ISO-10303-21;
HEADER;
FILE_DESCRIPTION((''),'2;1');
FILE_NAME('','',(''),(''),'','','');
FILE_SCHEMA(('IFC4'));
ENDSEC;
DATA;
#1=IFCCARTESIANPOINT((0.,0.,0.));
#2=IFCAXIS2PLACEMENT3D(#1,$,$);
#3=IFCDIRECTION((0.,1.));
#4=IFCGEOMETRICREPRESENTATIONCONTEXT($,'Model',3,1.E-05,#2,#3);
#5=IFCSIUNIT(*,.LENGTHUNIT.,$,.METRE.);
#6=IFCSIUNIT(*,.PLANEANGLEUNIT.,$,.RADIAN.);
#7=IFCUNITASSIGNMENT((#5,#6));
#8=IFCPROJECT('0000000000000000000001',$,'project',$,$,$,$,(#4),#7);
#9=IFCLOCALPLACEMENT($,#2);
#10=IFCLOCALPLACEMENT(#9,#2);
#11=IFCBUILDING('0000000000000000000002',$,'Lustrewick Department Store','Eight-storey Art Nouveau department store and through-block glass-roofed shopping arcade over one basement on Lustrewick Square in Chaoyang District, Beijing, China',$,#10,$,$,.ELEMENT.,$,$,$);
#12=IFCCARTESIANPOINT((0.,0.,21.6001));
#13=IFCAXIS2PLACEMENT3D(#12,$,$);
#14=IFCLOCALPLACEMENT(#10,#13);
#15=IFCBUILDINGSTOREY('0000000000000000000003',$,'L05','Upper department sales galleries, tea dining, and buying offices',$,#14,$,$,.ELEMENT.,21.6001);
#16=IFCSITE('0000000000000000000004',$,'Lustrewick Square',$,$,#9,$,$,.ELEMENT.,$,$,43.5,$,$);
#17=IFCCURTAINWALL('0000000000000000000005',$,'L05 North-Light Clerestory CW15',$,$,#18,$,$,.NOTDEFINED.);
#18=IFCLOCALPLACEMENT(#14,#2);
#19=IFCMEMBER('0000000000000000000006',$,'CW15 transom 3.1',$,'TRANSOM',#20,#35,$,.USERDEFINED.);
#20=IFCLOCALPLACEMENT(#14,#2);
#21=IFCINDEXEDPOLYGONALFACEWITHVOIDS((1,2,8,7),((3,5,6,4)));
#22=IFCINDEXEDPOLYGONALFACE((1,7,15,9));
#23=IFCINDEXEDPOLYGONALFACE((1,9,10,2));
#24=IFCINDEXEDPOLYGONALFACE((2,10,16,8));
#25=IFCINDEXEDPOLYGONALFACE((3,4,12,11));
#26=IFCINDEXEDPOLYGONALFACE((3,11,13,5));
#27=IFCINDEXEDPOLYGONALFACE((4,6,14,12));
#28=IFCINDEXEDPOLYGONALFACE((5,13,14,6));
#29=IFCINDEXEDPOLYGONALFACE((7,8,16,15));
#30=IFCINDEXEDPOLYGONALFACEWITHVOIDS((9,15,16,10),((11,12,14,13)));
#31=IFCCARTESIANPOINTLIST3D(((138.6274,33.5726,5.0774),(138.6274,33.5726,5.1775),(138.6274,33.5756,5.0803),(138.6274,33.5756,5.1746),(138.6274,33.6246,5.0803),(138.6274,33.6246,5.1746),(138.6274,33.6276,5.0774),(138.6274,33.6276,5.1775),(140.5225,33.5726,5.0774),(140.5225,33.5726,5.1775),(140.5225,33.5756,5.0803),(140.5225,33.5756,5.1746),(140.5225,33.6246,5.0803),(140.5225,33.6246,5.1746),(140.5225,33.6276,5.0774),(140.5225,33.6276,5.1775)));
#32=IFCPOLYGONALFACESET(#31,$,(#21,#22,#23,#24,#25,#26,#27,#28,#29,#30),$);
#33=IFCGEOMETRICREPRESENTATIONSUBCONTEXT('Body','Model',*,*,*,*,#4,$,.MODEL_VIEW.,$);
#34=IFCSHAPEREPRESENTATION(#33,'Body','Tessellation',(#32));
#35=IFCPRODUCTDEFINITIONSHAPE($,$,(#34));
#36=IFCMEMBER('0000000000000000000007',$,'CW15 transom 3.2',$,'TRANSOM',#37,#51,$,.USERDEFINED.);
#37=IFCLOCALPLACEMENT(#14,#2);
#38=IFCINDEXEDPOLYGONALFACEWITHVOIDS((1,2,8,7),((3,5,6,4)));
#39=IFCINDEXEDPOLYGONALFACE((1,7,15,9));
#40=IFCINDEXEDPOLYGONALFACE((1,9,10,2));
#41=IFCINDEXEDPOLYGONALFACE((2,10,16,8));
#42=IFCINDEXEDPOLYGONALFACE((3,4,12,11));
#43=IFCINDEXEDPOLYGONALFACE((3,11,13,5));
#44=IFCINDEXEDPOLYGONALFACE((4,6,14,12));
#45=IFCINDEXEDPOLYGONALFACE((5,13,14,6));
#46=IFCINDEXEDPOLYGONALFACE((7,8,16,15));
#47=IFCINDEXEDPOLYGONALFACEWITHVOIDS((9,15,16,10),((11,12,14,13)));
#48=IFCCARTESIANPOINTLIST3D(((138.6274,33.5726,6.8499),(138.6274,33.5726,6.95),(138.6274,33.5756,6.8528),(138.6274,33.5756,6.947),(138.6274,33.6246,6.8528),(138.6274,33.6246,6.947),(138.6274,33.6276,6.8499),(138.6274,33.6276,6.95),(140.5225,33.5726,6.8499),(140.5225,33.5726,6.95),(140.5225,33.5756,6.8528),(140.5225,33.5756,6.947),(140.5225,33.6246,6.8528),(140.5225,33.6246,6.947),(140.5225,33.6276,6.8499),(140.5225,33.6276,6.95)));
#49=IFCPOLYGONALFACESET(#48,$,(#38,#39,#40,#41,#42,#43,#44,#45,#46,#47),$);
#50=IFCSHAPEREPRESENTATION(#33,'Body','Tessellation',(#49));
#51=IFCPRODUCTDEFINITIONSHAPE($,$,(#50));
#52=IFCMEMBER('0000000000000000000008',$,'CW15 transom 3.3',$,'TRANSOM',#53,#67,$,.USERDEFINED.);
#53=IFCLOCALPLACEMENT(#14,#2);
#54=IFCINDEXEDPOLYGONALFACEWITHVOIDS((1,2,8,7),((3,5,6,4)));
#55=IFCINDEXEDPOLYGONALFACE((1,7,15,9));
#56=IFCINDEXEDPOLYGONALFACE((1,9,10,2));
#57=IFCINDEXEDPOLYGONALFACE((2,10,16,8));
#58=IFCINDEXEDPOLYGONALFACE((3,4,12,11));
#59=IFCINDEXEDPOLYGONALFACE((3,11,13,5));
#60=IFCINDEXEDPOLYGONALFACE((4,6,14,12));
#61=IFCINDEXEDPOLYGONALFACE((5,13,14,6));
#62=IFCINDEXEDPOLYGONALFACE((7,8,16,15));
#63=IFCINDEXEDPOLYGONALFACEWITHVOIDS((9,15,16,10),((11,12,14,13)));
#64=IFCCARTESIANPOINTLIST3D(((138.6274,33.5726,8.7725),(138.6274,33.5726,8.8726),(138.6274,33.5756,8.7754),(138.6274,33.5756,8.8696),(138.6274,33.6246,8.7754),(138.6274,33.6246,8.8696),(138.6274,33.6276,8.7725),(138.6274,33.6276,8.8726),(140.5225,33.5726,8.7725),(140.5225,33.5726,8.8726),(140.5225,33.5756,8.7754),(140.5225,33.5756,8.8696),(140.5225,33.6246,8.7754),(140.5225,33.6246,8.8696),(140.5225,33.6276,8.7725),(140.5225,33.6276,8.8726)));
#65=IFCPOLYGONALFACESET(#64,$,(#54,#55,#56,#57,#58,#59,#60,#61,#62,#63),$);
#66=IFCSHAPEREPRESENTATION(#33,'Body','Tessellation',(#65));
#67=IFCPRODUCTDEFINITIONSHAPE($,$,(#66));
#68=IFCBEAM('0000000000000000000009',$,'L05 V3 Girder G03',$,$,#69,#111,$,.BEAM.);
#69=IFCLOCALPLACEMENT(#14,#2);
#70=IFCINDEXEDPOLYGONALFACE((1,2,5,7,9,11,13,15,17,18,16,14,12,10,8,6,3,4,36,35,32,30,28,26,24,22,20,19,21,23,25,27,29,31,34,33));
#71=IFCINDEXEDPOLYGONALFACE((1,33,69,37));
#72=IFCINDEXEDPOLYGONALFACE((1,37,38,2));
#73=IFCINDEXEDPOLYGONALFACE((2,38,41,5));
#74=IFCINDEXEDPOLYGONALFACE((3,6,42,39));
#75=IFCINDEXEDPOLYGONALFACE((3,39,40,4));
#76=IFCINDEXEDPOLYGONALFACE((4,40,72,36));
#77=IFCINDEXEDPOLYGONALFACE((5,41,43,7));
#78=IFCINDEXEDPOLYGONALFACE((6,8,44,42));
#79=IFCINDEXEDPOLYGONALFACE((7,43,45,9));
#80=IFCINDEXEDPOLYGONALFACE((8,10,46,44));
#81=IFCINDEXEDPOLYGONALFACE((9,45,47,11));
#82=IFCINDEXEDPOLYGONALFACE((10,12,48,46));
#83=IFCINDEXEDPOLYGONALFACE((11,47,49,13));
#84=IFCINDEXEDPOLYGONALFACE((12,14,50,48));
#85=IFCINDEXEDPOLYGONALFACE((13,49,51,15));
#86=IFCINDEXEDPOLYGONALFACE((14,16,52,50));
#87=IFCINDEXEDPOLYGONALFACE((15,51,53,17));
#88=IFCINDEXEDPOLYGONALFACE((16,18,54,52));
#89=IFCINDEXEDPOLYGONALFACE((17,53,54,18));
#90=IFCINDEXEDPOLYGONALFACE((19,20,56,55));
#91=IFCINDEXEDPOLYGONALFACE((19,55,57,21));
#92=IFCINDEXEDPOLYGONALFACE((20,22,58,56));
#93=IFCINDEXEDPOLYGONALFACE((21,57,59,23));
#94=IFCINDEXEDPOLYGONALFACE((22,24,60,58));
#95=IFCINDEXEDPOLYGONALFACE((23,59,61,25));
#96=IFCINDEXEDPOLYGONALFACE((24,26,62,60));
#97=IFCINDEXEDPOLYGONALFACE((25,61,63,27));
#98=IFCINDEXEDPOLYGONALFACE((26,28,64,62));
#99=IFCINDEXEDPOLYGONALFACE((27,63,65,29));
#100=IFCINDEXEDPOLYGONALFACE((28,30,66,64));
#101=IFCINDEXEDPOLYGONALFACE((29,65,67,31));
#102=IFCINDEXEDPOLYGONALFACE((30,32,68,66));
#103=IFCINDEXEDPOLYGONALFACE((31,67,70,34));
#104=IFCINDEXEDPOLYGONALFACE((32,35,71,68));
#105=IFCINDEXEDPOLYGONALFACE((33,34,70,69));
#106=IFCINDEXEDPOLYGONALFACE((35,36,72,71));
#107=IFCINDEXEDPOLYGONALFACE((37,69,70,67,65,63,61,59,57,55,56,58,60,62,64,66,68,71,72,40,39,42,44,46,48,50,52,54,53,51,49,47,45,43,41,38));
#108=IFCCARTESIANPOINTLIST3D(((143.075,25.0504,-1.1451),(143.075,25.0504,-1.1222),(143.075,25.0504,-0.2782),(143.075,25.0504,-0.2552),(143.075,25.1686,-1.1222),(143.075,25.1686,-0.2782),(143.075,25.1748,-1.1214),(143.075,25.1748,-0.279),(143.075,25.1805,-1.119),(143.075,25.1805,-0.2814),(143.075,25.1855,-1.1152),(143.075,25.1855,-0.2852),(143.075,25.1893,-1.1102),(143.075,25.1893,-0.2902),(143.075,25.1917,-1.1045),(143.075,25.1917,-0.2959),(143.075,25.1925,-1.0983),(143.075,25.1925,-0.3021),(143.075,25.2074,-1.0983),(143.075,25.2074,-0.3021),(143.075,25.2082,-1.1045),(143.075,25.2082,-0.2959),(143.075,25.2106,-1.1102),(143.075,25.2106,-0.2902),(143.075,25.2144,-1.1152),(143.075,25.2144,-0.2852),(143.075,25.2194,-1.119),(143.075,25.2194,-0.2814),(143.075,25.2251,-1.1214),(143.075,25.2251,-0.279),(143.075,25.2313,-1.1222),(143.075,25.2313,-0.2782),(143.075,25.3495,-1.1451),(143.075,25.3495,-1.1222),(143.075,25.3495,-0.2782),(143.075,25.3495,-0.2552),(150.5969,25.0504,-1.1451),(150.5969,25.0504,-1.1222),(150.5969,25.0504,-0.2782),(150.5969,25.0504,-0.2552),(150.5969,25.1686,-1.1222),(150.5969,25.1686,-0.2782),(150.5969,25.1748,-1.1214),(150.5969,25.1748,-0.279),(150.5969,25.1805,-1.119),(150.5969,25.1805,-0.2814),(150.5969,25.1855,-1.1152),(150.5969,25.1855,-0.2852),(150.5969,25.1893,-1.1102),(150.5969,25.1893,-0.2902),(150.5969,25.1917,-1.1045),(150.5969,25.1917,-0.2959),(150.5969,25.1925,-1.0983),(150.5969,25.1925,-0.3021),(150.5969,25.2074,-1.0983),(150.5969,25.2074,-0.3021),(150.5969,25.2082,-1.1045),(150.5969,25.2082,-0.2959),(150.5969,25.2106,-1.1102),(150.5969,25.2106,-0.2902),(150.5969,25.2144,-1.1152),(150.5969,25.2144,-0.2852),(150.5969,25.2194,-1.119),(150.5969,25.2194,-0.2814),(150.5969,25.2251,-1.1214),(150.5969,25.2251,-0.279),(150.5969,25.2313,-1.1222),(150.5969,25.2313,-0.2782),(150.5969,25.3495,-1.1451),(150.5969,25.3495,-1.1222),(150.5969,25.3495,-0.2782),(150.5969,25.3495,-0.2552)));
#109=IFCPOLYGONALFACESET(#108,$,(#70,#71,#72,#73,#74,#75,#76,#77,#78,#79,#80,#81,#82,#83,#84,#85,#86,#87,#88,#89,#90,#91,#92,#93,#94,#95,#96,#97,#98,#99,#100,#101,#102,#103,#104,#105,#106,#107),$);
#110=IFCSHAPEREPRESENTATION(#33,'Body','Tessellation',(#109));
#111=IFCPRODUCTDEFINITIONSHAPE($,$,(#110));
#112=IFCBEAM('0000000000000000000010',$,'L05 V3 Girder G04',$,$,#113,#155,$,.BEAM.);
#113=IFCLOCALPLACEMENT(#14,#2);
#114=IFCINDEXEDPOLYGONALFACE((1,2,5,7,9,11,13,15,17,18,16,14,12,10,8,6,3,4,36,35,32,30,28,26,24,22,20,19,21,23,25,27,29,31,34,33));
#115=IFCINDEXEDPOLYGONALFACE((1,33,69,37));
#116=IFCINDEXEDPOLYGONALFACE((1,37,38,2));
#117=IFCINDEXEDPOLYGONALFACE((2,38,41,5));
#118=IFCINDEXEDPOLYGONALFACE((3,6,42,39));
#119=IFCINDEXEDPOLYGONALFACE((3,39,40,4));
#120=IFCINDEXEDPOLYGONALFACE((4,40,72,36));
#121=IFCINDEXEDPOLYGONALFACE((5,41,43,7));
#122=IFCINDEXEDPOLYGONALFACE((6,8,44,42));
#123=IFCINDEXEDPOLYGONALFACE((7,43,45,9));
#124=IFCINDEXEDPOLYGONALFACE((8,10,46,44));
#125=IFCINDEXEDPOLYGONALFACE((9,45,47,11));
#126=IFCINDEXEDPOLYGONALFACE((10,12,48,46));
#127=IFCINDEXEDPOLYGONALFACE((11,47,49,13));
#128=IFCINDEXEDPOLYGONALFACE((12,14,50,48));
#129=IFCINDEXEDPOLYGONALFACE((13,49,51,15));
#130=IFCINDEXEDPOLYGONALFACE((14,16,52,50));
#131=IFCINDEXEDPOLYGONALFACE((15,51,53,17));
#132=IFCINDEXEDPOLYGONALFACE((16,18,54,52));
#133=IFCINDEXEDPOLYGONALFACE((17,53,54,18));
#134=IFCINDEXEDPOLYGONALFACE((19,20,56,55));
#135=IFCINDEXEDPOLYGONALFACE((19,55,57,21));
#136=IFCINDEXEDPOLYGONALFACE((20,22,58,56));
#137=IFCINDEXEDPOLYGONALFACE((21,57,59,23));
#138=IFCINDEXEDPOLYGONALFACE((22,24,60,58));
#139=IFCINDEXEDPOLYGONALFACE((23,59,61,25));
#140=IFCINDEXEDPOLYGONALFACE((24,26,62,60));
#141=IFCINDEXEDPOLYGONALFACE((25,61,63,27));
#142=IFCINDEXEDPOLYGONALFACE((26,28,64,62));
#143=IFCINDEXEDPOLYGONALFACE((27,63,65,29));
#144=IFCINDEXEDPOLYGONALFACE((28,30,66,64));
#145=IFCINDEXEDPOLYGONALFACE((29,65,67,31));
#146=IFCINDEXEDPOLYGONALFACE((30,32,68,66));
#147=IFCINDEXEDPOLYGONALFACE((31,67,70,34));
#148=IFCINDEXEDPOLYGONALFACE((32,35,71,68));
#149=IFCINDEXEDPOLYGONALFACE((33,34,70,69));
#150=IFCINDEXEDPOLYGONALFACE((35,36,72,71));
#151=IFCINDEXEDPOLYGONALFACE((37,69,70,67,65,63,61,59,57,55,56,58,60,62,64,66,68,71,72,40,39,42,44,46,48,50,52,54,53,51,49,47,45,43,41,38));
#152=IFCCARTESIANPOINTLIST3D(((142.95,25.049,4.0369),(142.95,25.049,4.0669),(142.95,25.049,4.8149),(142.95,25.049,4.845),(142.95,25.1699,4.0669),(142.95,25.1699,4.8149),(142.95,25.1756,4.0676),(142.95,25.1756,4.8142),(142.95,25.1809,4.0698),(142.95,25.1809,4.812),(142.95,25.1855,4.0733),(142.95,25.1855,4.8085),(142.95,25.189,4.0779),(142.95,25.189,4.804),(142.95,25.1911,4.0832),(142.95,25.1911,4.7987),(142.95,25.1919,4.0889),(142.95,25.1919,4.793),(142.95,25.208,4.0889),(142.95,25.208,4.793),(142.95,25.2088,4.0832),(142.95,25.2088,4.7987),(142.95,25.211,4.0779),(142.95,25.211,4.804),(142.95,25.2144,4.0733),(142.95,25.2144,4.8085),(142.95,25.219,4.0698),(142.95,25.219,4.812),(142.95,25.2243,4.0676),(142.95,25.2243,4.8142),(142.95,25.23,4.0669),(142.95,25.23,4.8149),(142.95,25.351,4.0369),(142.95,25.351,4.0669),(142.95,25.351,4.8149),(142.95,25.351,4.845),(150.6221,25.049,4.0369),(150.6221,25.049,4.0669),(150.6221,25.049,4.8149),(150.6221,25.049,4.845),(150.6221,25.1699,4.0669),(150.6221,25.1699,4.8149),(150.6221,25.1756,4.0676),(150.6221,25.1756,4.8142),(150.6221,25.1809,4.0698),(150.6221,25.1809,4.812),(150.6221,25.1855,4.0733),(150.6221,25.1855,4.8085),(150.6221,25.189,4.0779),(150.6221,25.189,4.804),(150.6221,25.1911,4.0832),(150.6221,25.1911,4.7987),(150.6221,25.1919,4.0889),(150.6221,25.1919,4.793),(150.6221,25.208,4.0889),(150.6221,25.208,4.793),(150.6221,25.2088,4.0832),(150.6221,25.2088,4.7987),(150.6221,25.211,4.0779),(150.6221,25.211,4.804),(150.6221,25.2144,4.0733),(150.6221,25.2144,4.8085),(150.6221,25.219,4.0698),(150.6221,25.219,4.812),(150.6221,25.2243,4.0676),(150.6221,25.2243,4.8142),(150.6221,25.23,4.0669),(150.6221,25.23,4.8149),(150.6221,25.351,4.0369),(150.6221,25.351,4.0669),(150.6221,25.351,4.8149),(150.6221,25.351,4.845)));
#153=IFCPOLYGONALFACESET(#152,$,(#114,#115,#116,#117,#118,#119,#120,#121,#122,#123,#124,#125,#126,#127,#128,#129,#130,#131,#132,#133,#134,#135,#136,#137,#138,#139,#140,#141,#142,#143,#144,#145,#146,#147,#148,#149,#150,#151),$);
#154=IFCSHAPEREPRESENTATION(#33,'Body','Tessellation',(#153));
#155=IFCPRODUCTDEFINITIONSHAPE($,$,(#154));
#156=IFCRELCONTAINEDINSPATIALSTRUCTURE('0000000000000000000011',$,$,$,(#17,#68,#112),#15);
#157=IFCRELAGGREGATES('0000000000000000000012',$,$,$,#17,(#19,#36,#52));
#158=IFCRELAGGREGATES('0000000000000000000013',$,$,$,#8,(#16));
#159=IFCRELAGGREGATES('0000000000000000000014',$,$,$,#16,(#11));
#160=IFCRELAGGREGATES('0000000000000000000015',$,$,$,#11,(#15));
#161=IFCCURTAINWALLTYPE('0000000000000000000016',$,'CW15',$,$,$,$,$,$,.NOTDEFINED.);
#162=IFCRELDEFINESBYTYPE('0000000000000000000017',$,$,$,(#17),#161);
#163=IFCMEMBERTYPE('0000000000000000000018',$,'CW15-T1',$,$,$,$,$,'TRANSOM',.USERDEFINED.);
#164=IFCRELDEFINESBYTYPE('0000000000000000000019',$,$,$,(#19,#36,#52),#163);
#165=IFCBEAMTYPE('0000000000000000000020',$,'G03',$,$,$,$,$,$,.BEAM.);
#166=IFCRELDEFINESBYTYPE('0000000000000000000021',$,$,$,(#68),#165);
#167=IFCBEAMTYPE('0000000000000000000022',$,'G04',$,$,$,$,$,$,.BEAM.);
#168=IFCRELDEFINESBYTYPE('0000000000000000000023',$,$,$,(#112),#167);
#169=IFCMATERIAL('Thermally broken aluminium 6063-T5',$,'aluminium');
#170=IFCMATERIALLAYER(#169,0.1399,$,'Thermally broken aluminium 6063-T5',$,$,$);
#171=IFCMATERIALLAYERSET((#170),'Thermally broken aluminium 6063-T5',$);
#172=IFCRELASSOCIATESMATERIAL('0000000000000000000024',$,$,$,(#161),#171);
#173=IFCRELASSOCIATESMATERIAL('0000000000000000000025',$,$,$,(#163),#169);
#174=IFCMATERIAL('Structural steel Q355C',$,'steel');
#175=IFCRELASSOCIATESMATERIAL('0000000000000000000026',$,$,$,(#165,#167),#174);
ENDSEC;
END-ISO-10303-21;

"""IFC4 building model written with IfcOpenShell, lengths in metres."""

from ifc_helpers import new_model, si_unit, direction, frame, origin, origin_2d, place, context, subcontext, project, spatial, hollow_rectangle, i_section, extrude, material, layer, layer_set, material_profile, profile_set, type_object, element, aggregate, save


model = new_model("IFC4")

# Units and contexts
model_context = context("Model", 3, precision=1e-05, world=origin(), true_north=direction((0.0, 1.0)))
body_context = subcontext(model_context, "Body", "Model", "MODEL_VIEW")
ifc_project = project(units=[si_unit("LENGTHUNIT", "METRE"), si_unit("PLANEANGLEUNIT", "RADIAN")], contexts=[model_context])

# Site, building, storey
site_placement = place(None, origin())
site = spatial("IfcSite", under=ifc_project, at=site_placement, Name="Lustrewick Square", CompositionType="ELEMENT", RefElevation=43.5)
building_placement = place(site_placement, origin())
building = spatial("IfcBuilding", under=site, at=building_placement, Name="Lustrewick Department Store", Description="Eight-storey Art Nouveau department store and through-block glass-roofed shopping arcade over one basement on Lustrewick Square in Chaoyang District, Beijing, China", CompositionType="ELEMENT")
storey_placement = place(building_placement, frame((0.0, 0.0, 21.6001)))
storey = spatial("IfcBuildingStorey", under=building, at=storey_placement, Name="L05", Description="Upper department sales galleries, tea dining, and buying offices", CompositionType="ELEMENT", Elevation=21.6001)

# Curtain wall, members
ifc_material_1 = material(Name="Thermally broken aluminium 6063-T5", Category="aluminium")
ifc_layer_1 = layer(ifc_material_1, 0.1399, Name="Thermally broken aluminium 6063-T5")
ifc_layer_set_1 = layer_set([ifc_layer_1], Name="Thermally broken aluminium 6063-T5")
curtain_wall_type = type_object("IfcCurtainWallType", Name="CW15", PredefinedType="NOTDEFINED", material=ifc_layer_set_1)
curtain_wall_placement = place(storey_placement, origin())
curtain_wall = element("IfcCurtainWall", 1, at=curtain_wall_placement, inside=storey, type_object=curtain_wall_type, Name="L05 North-Light Clerestory CW15", PredefinedType="NOTDEFINED")
ifc_material_profile_1 = material_profile(ifc_material_1, hollow_rectangle(XDim=0.0549, YDim=0.1001, WallThickness=0.0029, at=origin_2d()), Name="ALU-T 55x100x3")
ifc_profile_set_1 = profile_set([ifc_material_profile_1], Name="Thermally broken aluminium 6063-T5")
member_type_1 = type_object("IfcMemberType", Name="CW15-T1", ElementType="TRANSOM", PredefinedType="USERDEFINED", material=ifc_profile_set_1)
member_1_placement = place(storey_placement, frame((138.6274, 33.6001, 5.1274), z_axis=(1.0, 0.0, 0.0), x_axis=(0.0, 1.0, 0.0)))
member_1 = element("IfcMember", 2, at=member_1_placement, type_object=member_type_1, Name="CW15 transom 3.1", ObjectType="TRANSOM", PredefinedType="USERDEFINED", context=body_context, shape_type="SweptSolid", body=[
    extrude(hollow_rectangle(XDim=0.0549, YDim=0.1001, WallThickness=0.0029, at=origin_2d()), origin(), (0.0, 0.0, 1.0), 1.895),
])
member_2_placement = place(storey_placement, frame((138.6274, 33.6001, 6.8999), z_axis=(1.0, 0.0, 0.0), x_axis=(0.0, 1.0, 0.0)))
member_2 = element("IfcMember", 3, at=member_2_placement, type_object=member_type_1, Name="CW15 transom 3.2", ObjectType="TRANSOM", PredefinedType="USERDEFINED", context=body_context, shape_type="SweptSolid", body=[
    extrude(hollow_rectangle(XDim=0.0549, YDim=0.1001, WallThickness=0.0029, at=origin_2d()), origin(), (0.0, 0.0, 1.0), 1.895),
])
member_3_placement = place(storey_placement, frame((138.6274, 33.6001, 8.8225), z_axis=(1.0, 0.0, 0.0), x_axis=(0.0, 1.0, 0.0)))
member_3 = element("IfcMember", 4, at=member_3_placement, type_object=member_type_1, Name="CW15 transom 3.3", ObjectType="TRANSOM", PredefinedType="USERDEFINED", context=body_context, shape_type="SweptSolid", body=[
    extrude(hollow_rectangle(XDim=0.0549, YDim=0.1001, WallThickness=0.0029, at=origin_2d()), origin(), (0.0, 0.0, 1.0), 1.895),
])

# Beams
ifc_material_2 = material(Name="Structural steel Q355C", Category="steel")
ifc_material_profile_2 = material_profile(ifc_material_2, i_section(OverallWidth=0.2991, OverallDepth=0.8899, WebThickness=0.0149, FlangeThickness=0.0229, FilletRadius=0.0239, at=origin_2d()), Name="HN 890x299x15x23")
ifc_profile_set_2 = profile_set([ifc_material_profile_2], Name="Structural steel Q355C")
beam_type_1 = type_object("IfcBeamType", Name="G03", PredefinedType="BEAM", material=ifc_profile_set_2)
beam_1_placement = place(storey_placement, frame((143.075, 25.2, -0.7002), z_axis=(1.0, 0.0, 0.0), x_axis=(0.0, 1.0, 0.0)))
element("IfcBeam", 5, at=beam_1_placement, inside=storey, type_object=beam_type_1, Name="L05 V3 Girder G03", PredefinedType="BEAM", context=body_context, shape_type="SweptSolid", body=[
    extrude(i_section(OverallWidth=0.2991, OverallDepth=0.8899, WebThickness=0.0149, FlangeThickness=0.0229, FilletRadius=0.0239, at=origin_2d()), origin(), (0.0, 0.0, 1.0), 7.522),
])
ifc_material_profile_3 = material_profile(ifc_material_2, i_section(OverallWidth=0.302, OverallDepth=0.8081, WebThickness=0.0161, FlangeThickness=0.03, FilletRadius=0.022, at=origin_2d()), Name="HN 808x302x16x30")
ifc_profile_set_3 = profile_set([ifc_material_profile_3], Name="Structural steel Q355C")
beam_type_2 = type_object("IfcBeamType", Name="G04", PredefinedType="BEAM", material=ifc_profile_set_3)
beam_2_placement = place(storey_placement, frame((142.95, 25.2, 4.4409), z_axis=(1.0, 0.0, 0.0), x_axis=(0.0, 1.0, 0.0)))
element("IfcBeam", 6, at=beam_2_placement, inside=storey, type_object=beam_type_2, Name="L05 V3 Girder G04", PredefinedType="BEAM", context=body_context, shape_type="SweptSolid", body=[
    extrude(i_section(OverallWidth=0.302, OverallDepth=0.8081, WebThickness=0.0161, FlangeThickness=0.03, FilletRadius=0.022, at=origin_2d()), origin(), (0.0, 0.0, 1.0), 7.6721),
])

aggregate(curtain_wall, [member_1, member_2, member_3])

save(model, "model.ifc")
